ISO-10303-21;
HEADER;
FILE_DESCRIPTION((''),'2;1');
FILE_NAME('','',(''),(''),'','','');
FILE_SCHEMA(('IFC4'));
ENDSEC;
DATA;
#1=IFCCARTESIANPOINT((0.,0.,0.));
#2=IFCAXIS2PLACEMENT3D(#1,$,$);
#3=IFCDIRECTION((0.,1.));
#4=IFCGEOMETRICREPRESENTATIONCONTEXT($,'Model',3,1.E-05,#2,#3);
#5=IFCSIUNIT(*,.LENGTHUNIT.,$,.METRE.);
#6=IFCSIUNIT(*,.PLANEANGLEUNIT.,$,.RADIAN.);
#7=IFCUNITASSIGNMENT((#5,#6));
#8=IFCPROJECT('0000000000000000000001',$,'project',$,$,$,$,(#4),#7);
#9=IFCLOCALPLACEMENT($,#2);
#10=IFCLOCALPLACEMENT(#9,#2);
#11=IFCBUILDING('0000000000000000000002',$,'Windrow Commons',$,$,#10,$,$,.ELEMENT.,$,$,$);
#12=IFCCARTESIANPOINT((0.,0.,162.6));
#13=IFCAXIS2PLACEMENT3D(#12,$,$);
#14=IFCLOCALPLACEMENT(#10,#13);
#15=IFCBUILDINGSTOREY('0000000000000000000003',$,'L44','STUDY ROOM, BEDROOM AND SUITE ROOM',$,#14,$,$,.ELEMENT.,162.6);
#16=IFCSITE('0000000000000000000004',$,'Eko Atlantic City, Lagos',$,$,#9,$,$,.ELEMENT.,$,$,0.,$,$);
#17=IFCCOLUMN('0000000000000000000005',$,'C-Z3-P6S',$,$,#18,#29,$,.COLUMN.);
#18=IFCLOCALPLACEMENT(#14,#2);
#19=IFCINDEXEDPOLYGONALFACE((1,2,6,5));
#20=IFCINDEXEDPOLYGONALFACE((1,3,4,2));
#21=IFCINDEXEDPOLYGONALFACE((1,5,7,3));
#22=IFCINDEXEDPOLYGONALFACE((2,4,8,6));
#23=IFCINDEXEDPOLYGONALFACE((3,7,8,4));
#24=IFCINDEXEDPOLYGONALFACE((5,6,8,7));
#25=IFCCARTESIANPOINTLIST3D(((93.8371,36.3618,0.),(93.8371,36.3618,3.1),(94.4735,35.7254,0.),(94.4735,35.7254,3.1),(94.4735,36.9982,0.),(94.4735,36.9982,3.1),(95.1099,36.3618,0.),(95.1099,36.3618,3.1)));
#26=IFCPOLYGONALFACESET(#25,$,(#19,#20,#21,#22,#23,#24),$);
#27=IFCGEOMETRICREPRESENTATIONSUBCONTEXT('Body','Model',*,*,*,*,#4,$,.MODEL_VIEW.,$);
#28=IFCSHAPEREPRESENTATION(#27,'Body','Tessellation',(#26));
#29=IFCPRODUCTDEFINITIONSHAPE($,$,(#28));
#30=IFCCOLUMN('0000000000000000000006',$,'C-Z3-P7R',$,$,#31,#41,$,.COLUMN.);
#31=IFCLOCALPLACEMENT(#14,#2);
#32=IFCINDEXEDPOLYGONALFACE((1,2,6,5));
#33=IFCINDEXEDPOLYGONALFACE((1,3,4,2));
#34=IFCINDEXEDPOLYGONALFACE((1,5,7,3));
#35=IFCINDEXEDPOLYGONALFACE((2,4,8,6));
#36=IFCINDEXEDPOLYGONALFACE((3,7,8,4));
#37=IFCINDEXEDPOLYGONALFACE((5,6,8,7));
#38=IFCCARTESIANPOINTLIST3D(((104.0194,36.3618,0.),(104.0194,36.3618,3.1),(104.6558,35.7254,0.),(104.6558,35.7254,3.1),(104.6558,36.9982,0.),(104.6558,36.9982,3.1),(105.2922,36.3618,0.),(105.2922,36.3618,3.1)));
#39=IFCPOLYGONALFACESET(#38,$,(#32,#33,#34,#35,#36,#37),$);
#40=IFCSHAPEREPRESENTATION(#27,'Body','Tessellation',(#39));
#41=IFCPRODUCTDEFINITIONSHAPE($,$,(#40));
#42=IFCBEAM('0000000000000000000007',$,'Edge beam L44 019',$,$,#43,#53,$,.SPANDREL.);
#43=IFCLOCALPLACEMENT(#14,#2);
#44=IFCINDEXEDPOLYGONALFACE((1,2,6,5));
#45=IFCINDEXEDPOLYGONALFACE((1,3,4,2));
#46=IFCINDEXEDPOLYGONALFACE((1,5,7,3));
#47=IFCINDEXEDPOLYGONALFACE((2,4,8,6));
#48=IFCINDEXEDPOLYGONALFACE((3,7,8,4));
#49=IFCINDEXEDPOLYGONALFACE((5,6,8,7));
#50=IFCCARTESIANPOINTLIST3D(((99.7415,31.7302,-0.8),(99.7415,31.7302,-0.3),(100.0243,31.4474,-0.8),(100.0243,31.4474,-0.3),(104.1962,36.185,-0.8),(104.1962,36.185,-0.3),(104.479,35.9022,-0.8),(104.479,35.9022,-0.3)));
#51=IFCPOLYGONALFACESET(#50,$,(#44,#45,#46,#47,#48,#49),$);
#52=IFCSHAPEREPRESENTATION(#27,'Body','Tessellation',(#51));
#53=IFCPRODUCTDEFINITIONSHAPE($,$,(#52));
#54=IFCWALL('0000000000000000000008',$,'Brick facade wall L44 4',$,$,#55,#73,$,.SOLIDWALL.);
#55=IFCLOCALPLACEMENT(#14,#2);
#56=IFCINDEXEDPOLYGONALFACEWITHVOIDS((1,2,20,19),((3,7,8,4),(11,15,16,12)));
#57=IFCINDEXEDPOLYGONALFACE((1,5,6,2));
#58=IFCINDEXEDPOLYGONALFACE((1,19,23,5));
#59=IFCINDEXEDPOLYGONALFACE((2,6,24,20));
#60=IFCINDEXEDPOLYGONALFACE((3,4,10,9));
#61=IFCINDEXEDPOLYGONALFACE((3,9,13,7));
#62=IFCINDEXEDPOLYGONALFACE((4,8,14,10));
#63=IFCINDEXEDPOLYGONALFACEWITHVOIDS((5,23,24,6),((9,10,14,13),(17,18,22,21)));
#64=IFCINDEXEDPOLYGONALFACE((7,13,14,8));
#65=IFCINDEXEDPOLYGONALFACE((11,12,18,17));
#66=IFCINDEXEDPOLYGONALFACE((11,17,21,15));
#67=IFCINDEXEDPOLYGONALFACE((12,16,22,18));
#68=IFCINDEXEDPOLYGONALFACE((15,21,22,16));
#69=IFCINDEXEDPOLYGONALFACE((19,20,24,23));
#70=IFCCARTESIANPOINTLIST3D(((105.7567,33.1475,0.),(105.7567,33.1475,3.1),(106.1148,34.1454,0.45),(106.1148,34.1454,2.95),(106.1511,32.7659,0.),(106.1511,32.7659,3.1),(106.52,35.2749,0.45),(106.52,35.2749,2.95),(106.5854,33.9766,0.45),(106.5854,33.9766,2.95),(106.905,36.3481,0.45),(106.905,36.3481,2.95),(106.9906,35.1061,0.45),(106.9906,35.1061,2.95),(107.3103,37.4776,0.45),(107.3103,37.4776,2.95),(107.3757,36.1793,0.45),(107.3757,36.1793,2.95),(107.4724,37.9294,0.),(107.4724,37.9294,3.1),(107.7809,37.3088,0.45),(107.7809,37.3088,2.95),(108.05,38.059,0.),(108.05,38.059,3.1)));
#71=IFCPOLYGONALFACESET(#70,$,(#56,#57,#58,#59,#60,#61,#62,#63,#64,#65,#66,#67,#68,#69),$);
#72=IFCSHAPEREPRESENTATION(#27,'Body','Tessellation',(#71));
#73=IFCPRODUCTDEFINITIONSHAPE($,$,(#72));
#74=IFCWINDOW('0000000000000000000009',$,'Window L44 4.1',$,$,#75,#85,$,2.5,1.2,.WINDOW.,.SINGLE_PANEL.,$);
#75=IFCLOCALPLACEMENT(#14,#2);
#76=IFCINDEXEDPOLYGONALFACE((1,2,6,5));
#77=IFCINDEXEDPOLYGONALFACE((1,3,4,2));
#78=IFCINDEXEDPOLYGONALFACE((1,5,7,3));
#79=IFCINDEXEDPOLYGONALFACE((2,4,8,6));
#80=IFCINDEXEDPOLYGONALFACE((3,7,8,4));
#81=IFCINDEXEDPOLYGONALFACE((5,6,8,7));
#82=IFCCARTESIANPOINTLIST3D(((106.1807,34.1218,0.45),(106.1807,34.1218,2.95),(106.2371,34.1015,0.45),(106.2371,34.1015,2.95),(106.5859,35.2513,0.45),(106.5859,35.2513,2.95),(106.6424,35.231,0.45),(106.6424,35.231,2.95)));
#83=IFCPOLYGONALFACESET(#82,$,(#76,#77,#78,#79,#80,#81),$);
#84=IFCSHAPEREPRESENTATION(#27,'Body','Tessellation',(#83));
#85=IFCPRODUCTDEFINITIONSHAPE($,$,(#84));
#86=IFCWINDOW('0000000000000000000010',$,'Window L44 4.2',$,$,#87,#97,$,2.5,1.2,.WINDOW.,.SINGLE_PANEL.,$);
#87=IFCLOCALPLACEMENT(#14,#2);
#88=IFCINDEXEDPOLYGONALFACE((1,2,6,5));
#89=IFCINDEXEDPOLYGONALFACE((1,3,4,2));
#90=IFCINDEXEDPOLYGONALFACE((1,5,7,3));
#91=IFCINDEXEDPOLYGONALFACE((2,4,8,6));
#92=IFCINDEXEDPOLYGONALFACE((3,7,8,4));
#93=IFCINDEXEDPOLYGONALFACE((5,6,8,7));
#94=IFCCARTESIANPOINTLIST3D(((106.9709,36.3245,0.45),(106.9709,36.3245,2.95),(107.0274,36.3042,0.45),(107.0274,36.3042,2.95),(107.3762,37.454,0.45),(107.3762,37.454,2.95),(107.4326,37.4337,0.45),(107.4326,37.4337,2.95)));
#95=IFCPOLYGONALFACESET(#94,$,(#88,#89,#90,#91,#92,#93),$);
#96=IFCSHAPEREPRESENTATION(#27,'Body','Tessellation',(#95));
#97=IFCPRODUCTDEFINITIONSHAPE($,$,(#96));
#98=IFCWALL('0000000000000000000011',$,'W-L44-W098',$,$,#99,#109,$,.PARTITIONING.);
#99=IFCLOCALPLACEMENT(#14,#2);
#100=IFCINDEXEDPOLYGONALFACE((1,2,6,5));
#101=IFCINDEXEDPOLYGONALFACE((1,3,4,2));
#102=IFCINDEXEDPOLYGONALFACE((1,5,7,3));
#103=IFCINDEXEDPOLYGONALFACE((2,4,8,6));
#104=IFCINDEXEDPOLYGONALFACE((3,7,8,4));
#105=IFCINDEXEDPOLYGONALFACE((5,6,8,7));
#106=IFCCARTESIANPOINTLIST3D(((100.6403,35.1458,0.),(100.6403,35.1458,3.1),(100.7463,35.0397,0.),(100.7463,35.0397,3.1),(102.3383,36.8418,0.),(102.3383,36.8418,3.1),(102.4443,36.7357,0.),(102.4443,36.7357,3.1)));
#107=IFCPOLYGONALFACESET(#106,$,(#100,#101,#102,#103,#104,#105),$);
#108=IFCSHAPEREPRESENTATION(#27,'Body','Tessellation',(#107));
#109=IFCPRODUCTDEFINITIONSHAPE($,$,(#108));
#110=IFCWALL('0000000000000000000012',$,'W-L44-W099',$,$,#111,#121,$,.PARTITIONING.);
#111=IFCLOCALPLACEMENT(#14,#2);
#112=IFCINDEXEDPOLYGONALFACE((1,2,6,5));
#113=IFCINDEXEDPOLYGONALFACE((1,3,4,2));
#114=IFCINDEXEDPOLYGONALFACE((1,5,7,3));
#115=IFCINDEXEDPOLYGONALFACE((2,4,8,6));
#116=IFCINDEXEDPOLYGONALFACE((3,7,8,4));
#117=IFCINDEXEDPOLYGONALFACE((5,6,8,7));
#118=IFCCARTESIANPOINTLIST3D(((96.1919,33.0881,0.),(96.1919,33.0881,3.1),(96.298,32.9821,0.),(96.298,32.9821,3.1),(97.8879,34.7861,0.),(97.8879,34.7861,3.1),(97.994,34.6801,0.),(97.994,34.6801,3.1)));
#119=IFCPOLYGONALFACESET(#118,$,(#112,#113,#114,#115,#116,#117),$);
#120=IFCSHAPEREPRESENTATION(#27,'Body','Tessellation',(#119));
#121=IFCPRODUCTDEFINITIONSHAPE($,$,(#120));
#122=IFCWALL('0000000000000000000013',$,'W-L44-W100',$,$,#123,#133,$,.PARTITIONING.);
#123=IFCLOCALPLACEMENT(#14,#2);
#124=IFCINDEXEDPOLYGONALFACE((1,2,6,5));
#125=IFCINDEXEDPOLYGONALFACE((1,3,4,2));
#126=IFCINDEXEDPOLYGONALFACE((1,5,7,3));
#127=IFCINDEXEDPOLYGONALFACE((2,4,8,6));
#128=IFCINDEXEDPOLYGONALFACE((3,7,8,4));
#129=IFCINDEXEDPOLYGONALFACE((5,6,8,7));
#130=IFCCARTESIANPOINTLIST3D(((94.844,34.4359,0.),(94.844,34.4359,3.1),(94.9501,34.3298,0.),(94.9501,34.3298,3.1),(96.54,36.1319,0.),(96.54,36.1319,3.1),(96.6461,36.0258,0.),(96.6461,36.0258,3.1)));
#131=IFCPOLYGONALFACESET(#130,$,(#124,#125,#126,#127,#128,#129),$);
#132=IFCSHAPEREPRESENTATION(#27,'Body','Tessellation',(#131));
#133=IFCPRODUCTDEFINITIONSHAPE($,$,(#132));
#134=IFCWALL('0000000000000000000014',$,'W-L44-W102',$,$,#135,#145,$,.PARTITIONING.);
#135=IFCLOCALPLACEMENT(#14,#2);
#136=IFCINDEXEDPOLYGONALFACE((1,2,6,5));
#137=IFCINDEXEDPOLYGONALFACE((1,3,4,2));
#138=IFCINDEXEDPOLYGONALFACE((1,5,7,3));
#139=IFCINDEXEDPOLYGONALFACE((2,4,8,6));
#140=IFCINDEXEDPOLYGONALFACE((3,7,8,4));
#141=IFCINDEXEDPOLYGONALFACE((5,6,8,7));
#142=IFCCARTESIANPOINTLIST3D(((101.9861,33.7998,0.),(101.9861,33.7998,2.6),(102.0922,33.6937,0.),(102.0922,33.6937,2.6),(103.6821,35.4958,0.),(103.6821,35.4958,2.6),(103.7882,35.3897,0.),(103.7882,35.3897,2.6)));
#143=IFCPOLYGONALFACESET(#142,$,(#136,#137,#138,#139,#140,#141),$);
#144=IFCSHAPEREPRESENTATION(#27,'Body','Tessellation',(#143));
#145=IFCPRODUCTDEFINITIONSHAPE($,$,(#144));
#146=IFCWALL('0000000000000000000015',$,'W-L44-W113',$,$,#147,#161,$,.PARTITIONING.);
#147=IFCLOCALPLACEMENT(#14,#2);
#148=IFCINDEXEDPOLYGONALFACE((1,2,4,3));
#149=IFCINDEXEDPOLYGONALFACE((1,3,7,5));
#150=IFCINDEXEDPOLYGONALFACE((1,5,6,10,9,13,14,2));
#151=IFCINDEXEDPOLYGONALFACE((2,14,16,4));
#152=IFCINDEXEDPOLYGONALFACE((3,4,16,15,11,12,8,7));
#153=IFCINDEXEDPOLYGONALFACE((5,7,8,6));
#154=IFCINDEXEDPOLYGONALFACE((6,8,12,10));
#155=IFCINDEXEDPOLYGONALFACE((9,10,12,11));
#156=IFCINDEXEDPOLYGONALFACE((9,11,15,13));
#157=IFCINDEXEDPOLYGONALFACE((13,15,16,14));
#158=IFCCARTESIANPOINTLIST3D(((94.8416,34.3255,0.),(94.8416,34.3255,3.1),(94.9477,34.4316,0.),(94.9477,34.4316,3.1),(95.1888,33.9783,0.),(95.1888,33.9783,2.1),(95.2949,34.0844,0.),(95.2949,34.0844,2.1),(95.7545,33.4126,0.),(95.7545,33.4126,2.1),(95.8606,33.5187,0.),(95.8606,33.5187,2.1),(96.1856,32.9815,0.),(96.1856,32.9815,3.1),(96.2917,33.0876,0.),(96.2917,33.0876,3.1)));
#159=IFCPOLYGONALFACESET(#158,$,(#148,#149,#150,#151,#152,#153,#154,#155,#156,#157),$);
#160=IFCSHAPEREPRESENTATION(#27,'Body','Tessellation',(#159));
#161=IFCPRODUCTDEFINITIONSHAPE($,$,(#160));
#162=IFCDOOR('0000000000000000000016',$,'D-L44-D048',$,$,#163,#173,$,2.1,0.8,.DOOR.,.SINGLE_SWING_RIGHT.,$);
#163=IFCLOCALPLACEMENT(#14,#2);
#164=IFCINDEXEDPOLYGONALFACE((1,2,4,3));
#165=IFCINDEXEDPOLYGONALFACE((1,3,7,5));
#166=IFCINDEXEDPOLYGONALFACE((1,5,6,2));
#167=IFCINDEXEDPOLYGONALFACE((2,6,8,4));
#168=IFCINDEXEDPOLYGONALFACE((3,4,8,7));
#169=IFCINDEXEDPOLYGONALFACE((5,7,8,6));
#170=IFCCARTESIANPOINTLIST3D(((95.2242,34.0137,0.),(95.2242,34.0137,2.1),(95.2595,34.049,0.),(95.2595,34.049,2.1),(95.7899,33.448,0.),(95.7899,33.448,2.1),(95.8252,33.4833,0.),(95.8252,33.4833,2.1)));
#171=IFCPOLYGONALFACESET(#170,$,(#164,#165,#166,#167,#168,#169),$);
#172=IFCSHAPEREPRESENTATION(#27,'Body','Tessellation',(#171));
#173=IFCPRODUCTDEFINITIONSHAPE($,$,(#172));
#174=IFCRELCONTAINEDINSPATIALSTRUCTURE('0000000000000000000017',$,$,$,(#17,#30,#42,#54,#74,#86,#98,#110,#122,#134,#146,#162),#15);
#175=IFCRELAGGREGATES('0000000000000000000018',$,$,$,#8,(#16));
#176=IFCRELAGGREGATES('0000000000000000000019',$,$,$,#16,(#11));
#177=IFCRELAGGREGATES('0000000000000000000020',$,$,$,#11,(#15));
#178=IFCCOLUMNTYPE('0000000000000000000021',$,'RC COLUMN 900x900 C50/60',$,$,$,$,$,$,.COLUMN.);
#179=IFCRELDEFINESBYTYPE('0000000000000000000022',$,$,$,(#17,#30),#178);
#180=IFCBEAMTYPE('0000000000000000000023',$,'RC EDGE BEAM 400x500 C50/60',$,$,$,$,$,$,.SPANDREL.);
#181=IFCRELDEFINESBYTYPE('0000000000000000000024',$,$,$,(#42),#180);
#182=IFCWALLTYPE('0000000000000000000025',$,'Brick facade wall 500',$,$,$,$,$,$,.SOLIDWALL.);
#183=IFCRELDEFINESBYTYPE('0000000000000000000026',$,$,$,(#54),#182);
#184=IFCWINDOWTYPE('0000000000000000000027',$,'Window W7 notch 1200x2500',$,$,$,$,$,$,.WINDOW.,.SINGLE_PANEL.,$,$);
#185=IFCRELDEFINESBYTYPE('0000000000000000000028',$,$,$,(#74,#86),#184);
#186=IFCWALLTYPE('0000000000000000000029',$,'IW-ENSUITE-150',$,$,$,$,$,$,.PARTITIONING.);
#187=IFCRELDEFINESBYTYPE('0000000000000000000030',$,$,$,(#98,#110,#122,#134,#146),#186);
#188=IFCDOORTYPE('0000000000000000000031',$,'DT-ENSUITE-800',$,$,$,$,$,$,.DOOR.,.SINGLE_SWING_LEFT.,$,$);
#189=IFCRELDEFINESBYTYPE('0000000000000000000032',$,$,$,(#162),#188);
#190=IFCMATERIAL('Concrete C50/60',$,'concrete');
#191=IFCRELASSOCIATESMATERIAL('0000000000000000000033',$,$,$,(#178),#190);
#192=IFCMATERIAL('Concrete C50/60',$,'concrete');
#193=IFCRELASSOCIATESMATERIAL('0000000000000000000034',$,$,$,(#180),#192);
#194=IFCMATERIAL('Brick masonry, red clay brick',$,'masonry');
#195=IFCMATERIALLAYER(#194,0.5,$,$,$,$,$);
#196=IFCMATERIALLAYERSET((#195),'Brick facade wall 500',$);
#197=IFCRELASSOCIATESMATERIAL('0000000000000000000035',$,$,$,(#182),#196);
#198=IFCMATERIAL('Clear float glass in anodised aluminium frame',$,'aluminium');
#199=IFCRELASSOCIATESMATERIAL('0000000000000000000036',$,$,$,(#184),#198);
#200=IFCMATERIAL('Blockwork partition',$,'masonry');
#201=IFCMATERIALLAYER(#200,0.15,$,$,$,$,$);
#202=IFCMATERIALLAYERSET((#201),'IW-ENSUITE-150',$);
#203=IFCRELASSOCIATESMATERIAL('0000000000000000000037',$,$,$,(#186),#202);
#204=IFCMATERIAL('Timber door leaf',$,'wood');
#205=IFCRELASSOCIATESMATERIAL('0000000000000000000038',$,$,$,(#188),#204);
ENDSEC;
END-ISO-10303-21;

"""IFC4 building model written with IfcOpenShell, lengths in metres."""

from ifc_helpers import new_model, si_unit, direction, frame, frame_2d, origin, origin_2d, place, context, subcontext, project, spatial, polyline, rectangle, outline, extrude, material, layer, layer_set, material_profile, profile_set, type_object, element, fill, save


model = new_model("IFC4")

# Units and contexts
model_context = context("Model", 3, precision=1e-05, world=origin(), true_north=direction((0.0, 1.0)))
body_context = subcontext(model_context, "Body", "Model", "MODEL_VIEW")
ifc_project = project(units=[si_unit("LENGTHUNIT", "METRE"), si_unit("PLANEANGLEUNIT", "RADIAN")], contexts=[model_context])

# Site, building, storey
site_placement = place(None, origin())
site = spatial("IfcSite", under=ifc_project, at=site_placement, Name="Eko Atlantic City, Lagos", CompositionType="ELEMENT", RefElevation=0.0)
building_placement = place(site_placement, origin())
building = spatial("IfcBuilding", under=site, at=building_placement, Name="Windrow Commons", CompositionType="ELEMENT")
storey_placement = place(building_placement, frame((0.0, 0.0, 162.6)))
storey = spatial("IfcBuildingStorey", under=building, at=storey_placement, Name="L44", Description="STUDY ROOM, BEDROOM AND SUITE ROOM", CompositionType="ELEMENT", Elevation=162.6)

# Columns
ifc_material_1 = material(Name="Concrete C50/60", Category="concrete")
ifc_material_profile_1 = material_profile(ifc_material_1, rectangle(XDim=0.9, YDim=0.9, at=origin_2d()))
ifc_profile_set_1 = profile_set([ifc_material_profile_1], Name="Concrete C50/60")
column_type = type_object("IfcColumnType", Name="RC COLUMN 900x900 C50/60", PredefinedType="COLUMN", material=ifc_profile_set_1)
for number, where, z_axis, x_axis, name in (
    (1, (94.4735, 36.3618, 0.0), (0.0, 0.0, 1.0), (0.707107, -0.707107, 0.0), "C-Z3-P6S"),
    (2, (104.6558, 36.3618, 0.0), (0.0, 0.0, 1.0), (0.707107, -0.707107, 0.0), "C-Z3-P7R"),
):
    element("IfcColumn", number, at=place(storey_placement, frame(where, z_axis=z_axis, x_axis=x_axis)), inside=storey, type_object=column_type, Name=name, PredefinedType="COLUMN", context=body_context, shape_type="SweptSolid", body=[
        extrude(rectangle(XDim=0.9, YDim=0.9, at=origin_2d()), origin(), (0.0, 0.0, 1.0), 3.1),
    ])

# Beam
ifc_material_2 = material(Name="Concrete C50/60", Category="concrete")
ifc_material_profile_2 = material_profile(ifc_material_2, rectangle(XDim=0.4, YDim=0.5, at=origin_2d()))
ifc_profile_set_2 = profile_set([ifc_material_profile_2], Name="Concrete C50/60")
beam_type = type_object("IfcBeamType", Name="RC EDGE BEAM 400x500 C50/60", PredefinedType="SPANDREL", material=ifc_profile_set_2)
beam_placement = place(storey_placement, frame((104.3376, 36.0436, -0.55), z_axis=(-0.707099, -0.707115, 0.0), x_axis=(0.707115, -0.707099, 0.0)))
element("IfcBeam", 3, at=beam_placement, inside=storey, type_object=beam_type, Name="Edge beam L44 019", PredefinedType="SPANDREL", context=body_context, shape_type="SweptSolid", body=[
    extrude(rectangle(XDim=0.4, YDim=0.5, at=origin_2d()), origin(), (0.0, 0.0, 1.0), 6.3),
])

# Wall, openings, windows
ifc_material_3 = material(Name="Brick masonry, red clay brick", Category="masonry")
ifc_layer_1 = layer(ifc_material_3, 0.5)
ifc_layer_set_1 = layer_set([ifc_layer_1], Name="Brick facade wall 500")
wall_type_1 = type_object("IfcWallType", Name="Brick facade wall 500", PredefinedType="SOLIDWALL", material=ifc_layer_set_1)
wall_1_placement = place(storey_placement, frame((105.9539, 32.9567, 0.0), z_axis=(0.0, 0.0, 1.0), x_axis=(0.337694, 0.941256, 0.0)))
wall_1 = element("IfcWall", 4, at=wall_1_placement, inside=storey, type_object=wall_type_1, Name="Brick facade wall L44 4", PredefinedType="SOLIDWALL", context=body_context, shape_type="SweptSolid", body=[
    extrude(outline(polyline([(-0.113, -0.25), (5.5104, -0.25), (5.1934, 0.25), (0.113, 0.25), (-0.113, -0.25)])), origin(), (0.0, 0.0, 1.0), 3.1),
])
opening_1_placement = place(wall_1_placement, frame((1.1732, 0.0, 0.45)))
opening_1 = element("IfcOpeningElement", 5, at=opening_1_placement, cuts=wall_1, PredefinedType="OPENING", context=body_context, shape_type="SweptSolid", body=[
    extrude(rectangle(XDim=1.2, YDim=2.5, at=frame_2d((0.6, 1.25))), frame((0.0, 0.26, 0.0), z_axis=(0.0, -1.0, 0.0), x_axis=(1.0, 0.0, 0.0)), (0.0, 0.0, 1.0), 0.52),
])
opening_2_placement = place(wall_1_placement, frame((3.5134, 0.0, 0.45)))
opening_2 = element("IfcOpeningElement", 6, at=opening_2_placement, cuts=wall_1, PredefinedType="OPENING", context=body_context, shape_type="SweptSolid", body=[
    extrude(rectangle(XDim=1.2, YDim=2.5, at=frame_2d((0.6, 1.25))), frame((0.0, 0.26, 0.0), z_axis=(0.0, -1.0, 0.0), x_axis=(1.0, 0.0, 0.0)), (0.0, 0.0, 1.0), 0.52),
])
ifc_material_4 = material(Name="Clear float glass in anodised aluminium frame", Category="aluminium")
window_type = type_object("IfcWindowType", Name="Window W7 notch 1200x2500", PartitioningType="SINGLE_PANEL", PredefinedType="WINDOW", material=ifc_material_4)
window_1_placement = place(opening_1_placement, origin())
window_1 = element("IfcWindow", 7, at=window_1_placement, inside=storey, type_object=window_type, Name="Window L44 4.1", OverallHeight=2.5, OverallWidth=1.2, PartitioningType="SINGLE_PANEL", PredefinedType="WINDOW", context=body_context, shape_type="SweptSolid", body=[
    extrude(rectangle(XDim=1.2, YDim=2.5, at=frame_2d((0.6, 1.25))), frame((0.0, 0.18, 0.0), z_axis=(0.0, -1.0, 0.0), x_axis=(1.0, 0.0, 0.0)), (0.0, 0.0, 1.0), 0.06),
])
fill(opening_1, window_1)
window_2_placement = place(opening_2_placement, origin())
window_2 = element("IfcWindow", 8, at=window_2_placement, inside=storey, type_object=window_type, Name="Window L44 4.2", OverallHeight=2.5, OverallWidth=1.2, PartitioningType="SINGLE_PANEL", PredefinedType="WINDOW", context=body_context, shape_type="SweptSolid", body=[
    extrude(rectangle(XDim=1.2, YDim=2.5, at=frame_2d((0.6, 1.25))), frame((0.0, 0.18, 0.0), z_axis=(0.0, -1.0, 0.0), x_axis=(1.0, 0.0, 0.0)), (0.0, 0.0, 1.0), 0.06),
])
fill(opening_2, window_2)

# Walls
ifc_material_5 = material(Name="Blockwork partition", Category="masonry")
ifc_layer_2 = layer(ifc_material_5, 0.15)
ifc_layer_set_2 = layer_set([ifc_layer_2], Name="IW-ENSUITE-150")
wall_type_2 = type_object("IfcWallType", Name="IW-ENSUITE-150", PredefinedType="PARTITIONING", material=ifc_layer_set_2)
for number, where, z_axis, x_axis, name in (
    (9, (100.6933, 35.0927, 0.0), (0.0, 0.0, 1.0), (0.707523, 0.70669, 0.0), "W-L44-W098"),
    (10, (96.2449, 33.0351, 0.0), (0.0, 0.0, 1.0), (0.70669, 0.707523, 0.0), "W-L44-W099"),
):
    element("IfcWall", number, at=place(storey_placement, frame(where, z_axis=z_axis, x_axis=x_axis)), inside=storey, type_object=wall_type_2, Name=name, PredefinedType="PARTITIONING", context=body_context, shape_type="SweptSolid", body=[
        extrude(rectangle(XDim=2.3999, YDim=0.15, at=frame_2d((1.2, 0.0))), origin(), (0.0, 0.0, 1.0), 3.1),
    ])
wall_2_placement = place(storey_placement, frame((94.8971, 34.3829, 0.0), z_axis=(0.0, 0.0, 1.0), x_axis=(0.707107, 0.707107, 0.0)))
element("IfcWall", 11, at=wall_2_placement, inside=storey, type_object=wall_type_2, Name="W-L44-W100", PredefinedType="PARTITIONING", context=body_context, shape_type="SweptSolid", body=[
    extrude(rectangle(XDim=2.3985, YDim=0.15, at=frame_2d((1.1992, 0.0))), origin(), (0.0, 0.0, 1.0), 3.1),
])
wall_3_placement = place(storey_placement, frame((102.0392, 33.7468, 0.0), z_axis=(0.0, 0.0, 1.0), x_axis=(0.707107, 0.707107, 0.0)))
element("IfcWall", 12, at=wall_3_placement, inside=storey, type_object=wall_type_2, Name="W-L44-W102", PredefinedType="PARTITIONING", context=body_context, shape_type="SweptSolid", body=[
    extrude(rectangle(XDim=2.3985, YDim=0.15, at=frame_2d((1.1992, 0.0))), origin(), (0.0, 0.0, 1.0), 2.6),
])

# Wall, opening, door
wall_4_placement = place(storey_placement, frame((94.8946, 34.3786, 0.0), z_axis=(0.0, 0.0, 1.0), x_axis=(0.707107, -0.707107, 0.0)))
wall_4 = element("IfcWall", 13, at=wall_4_placement, inside=storey, type_object=wall_type_2, Name="W-L44-W113", PredefinedType="PARTITIONING", context=body_context, shape_type="SweptSolid", body=[
    extrude(rectangle(XDim=1.9007, YDim=0.15, at=frame_2d((0.9504, 0.0))), origin(), (0.0, 0.0, 1.0), 3.1),
])
opening_3_placement = place(wall_4_placement, frame((0.4911, 0.0, 0.0)))
opening_3 = element("IfcOpeningElement", 14, at=opening_3_placement, cuts=wall_4, PredefinedType="OPENING", context=body_context, shape_type="SweptSolid", body=[
    extrude(rectangle(XDim=0.8, YDim=2.1, at=frame_2d((0.4, 1.05))), frame((0.0, 0.085, 0.0), z_axis=(0.0, -1.0, 0.0), x_axis=(1.0, 0.0, 0.0)), (0.0, 0.0, 1.0), 0.17),
])
ifc_material_6 = material(Name="Timber door leaf", Category="wood")
door_type = type_object("IfcDoorType", Name="DT-ENSUITE-800", OperationType="SINGLE_SWING_LEFT", PredefinedType="DOOR", material=ifc_material_6)
door_1_placement = place(opening_3_placement, origin())
door_1 = element("IfcDoor", 15, at=door_1_placement, inside=storey, type_object=door_type, Name="D-L44-D048", OperationType="SINGLE_SWING_RIGHT", OverallHeight=2.1, OverallWidth=0.8, PredefinedType="DOOR", context=body_context, shape_type="SweptSolid", body=[
    extrude(rectangle(XDim=0.8, YDim=2.1, at=frame_2d((0.4, 1.05))), frame((0.0, 0.025, 0.0), z_axis=(0.0, -1.0, 0.0), x_axis=(1.0, 0.0, 0.0)), (0.0, 0.0, 1.0), 0.05),
])
fill(opening_3, door_1)

save(model, "model.ifc")
